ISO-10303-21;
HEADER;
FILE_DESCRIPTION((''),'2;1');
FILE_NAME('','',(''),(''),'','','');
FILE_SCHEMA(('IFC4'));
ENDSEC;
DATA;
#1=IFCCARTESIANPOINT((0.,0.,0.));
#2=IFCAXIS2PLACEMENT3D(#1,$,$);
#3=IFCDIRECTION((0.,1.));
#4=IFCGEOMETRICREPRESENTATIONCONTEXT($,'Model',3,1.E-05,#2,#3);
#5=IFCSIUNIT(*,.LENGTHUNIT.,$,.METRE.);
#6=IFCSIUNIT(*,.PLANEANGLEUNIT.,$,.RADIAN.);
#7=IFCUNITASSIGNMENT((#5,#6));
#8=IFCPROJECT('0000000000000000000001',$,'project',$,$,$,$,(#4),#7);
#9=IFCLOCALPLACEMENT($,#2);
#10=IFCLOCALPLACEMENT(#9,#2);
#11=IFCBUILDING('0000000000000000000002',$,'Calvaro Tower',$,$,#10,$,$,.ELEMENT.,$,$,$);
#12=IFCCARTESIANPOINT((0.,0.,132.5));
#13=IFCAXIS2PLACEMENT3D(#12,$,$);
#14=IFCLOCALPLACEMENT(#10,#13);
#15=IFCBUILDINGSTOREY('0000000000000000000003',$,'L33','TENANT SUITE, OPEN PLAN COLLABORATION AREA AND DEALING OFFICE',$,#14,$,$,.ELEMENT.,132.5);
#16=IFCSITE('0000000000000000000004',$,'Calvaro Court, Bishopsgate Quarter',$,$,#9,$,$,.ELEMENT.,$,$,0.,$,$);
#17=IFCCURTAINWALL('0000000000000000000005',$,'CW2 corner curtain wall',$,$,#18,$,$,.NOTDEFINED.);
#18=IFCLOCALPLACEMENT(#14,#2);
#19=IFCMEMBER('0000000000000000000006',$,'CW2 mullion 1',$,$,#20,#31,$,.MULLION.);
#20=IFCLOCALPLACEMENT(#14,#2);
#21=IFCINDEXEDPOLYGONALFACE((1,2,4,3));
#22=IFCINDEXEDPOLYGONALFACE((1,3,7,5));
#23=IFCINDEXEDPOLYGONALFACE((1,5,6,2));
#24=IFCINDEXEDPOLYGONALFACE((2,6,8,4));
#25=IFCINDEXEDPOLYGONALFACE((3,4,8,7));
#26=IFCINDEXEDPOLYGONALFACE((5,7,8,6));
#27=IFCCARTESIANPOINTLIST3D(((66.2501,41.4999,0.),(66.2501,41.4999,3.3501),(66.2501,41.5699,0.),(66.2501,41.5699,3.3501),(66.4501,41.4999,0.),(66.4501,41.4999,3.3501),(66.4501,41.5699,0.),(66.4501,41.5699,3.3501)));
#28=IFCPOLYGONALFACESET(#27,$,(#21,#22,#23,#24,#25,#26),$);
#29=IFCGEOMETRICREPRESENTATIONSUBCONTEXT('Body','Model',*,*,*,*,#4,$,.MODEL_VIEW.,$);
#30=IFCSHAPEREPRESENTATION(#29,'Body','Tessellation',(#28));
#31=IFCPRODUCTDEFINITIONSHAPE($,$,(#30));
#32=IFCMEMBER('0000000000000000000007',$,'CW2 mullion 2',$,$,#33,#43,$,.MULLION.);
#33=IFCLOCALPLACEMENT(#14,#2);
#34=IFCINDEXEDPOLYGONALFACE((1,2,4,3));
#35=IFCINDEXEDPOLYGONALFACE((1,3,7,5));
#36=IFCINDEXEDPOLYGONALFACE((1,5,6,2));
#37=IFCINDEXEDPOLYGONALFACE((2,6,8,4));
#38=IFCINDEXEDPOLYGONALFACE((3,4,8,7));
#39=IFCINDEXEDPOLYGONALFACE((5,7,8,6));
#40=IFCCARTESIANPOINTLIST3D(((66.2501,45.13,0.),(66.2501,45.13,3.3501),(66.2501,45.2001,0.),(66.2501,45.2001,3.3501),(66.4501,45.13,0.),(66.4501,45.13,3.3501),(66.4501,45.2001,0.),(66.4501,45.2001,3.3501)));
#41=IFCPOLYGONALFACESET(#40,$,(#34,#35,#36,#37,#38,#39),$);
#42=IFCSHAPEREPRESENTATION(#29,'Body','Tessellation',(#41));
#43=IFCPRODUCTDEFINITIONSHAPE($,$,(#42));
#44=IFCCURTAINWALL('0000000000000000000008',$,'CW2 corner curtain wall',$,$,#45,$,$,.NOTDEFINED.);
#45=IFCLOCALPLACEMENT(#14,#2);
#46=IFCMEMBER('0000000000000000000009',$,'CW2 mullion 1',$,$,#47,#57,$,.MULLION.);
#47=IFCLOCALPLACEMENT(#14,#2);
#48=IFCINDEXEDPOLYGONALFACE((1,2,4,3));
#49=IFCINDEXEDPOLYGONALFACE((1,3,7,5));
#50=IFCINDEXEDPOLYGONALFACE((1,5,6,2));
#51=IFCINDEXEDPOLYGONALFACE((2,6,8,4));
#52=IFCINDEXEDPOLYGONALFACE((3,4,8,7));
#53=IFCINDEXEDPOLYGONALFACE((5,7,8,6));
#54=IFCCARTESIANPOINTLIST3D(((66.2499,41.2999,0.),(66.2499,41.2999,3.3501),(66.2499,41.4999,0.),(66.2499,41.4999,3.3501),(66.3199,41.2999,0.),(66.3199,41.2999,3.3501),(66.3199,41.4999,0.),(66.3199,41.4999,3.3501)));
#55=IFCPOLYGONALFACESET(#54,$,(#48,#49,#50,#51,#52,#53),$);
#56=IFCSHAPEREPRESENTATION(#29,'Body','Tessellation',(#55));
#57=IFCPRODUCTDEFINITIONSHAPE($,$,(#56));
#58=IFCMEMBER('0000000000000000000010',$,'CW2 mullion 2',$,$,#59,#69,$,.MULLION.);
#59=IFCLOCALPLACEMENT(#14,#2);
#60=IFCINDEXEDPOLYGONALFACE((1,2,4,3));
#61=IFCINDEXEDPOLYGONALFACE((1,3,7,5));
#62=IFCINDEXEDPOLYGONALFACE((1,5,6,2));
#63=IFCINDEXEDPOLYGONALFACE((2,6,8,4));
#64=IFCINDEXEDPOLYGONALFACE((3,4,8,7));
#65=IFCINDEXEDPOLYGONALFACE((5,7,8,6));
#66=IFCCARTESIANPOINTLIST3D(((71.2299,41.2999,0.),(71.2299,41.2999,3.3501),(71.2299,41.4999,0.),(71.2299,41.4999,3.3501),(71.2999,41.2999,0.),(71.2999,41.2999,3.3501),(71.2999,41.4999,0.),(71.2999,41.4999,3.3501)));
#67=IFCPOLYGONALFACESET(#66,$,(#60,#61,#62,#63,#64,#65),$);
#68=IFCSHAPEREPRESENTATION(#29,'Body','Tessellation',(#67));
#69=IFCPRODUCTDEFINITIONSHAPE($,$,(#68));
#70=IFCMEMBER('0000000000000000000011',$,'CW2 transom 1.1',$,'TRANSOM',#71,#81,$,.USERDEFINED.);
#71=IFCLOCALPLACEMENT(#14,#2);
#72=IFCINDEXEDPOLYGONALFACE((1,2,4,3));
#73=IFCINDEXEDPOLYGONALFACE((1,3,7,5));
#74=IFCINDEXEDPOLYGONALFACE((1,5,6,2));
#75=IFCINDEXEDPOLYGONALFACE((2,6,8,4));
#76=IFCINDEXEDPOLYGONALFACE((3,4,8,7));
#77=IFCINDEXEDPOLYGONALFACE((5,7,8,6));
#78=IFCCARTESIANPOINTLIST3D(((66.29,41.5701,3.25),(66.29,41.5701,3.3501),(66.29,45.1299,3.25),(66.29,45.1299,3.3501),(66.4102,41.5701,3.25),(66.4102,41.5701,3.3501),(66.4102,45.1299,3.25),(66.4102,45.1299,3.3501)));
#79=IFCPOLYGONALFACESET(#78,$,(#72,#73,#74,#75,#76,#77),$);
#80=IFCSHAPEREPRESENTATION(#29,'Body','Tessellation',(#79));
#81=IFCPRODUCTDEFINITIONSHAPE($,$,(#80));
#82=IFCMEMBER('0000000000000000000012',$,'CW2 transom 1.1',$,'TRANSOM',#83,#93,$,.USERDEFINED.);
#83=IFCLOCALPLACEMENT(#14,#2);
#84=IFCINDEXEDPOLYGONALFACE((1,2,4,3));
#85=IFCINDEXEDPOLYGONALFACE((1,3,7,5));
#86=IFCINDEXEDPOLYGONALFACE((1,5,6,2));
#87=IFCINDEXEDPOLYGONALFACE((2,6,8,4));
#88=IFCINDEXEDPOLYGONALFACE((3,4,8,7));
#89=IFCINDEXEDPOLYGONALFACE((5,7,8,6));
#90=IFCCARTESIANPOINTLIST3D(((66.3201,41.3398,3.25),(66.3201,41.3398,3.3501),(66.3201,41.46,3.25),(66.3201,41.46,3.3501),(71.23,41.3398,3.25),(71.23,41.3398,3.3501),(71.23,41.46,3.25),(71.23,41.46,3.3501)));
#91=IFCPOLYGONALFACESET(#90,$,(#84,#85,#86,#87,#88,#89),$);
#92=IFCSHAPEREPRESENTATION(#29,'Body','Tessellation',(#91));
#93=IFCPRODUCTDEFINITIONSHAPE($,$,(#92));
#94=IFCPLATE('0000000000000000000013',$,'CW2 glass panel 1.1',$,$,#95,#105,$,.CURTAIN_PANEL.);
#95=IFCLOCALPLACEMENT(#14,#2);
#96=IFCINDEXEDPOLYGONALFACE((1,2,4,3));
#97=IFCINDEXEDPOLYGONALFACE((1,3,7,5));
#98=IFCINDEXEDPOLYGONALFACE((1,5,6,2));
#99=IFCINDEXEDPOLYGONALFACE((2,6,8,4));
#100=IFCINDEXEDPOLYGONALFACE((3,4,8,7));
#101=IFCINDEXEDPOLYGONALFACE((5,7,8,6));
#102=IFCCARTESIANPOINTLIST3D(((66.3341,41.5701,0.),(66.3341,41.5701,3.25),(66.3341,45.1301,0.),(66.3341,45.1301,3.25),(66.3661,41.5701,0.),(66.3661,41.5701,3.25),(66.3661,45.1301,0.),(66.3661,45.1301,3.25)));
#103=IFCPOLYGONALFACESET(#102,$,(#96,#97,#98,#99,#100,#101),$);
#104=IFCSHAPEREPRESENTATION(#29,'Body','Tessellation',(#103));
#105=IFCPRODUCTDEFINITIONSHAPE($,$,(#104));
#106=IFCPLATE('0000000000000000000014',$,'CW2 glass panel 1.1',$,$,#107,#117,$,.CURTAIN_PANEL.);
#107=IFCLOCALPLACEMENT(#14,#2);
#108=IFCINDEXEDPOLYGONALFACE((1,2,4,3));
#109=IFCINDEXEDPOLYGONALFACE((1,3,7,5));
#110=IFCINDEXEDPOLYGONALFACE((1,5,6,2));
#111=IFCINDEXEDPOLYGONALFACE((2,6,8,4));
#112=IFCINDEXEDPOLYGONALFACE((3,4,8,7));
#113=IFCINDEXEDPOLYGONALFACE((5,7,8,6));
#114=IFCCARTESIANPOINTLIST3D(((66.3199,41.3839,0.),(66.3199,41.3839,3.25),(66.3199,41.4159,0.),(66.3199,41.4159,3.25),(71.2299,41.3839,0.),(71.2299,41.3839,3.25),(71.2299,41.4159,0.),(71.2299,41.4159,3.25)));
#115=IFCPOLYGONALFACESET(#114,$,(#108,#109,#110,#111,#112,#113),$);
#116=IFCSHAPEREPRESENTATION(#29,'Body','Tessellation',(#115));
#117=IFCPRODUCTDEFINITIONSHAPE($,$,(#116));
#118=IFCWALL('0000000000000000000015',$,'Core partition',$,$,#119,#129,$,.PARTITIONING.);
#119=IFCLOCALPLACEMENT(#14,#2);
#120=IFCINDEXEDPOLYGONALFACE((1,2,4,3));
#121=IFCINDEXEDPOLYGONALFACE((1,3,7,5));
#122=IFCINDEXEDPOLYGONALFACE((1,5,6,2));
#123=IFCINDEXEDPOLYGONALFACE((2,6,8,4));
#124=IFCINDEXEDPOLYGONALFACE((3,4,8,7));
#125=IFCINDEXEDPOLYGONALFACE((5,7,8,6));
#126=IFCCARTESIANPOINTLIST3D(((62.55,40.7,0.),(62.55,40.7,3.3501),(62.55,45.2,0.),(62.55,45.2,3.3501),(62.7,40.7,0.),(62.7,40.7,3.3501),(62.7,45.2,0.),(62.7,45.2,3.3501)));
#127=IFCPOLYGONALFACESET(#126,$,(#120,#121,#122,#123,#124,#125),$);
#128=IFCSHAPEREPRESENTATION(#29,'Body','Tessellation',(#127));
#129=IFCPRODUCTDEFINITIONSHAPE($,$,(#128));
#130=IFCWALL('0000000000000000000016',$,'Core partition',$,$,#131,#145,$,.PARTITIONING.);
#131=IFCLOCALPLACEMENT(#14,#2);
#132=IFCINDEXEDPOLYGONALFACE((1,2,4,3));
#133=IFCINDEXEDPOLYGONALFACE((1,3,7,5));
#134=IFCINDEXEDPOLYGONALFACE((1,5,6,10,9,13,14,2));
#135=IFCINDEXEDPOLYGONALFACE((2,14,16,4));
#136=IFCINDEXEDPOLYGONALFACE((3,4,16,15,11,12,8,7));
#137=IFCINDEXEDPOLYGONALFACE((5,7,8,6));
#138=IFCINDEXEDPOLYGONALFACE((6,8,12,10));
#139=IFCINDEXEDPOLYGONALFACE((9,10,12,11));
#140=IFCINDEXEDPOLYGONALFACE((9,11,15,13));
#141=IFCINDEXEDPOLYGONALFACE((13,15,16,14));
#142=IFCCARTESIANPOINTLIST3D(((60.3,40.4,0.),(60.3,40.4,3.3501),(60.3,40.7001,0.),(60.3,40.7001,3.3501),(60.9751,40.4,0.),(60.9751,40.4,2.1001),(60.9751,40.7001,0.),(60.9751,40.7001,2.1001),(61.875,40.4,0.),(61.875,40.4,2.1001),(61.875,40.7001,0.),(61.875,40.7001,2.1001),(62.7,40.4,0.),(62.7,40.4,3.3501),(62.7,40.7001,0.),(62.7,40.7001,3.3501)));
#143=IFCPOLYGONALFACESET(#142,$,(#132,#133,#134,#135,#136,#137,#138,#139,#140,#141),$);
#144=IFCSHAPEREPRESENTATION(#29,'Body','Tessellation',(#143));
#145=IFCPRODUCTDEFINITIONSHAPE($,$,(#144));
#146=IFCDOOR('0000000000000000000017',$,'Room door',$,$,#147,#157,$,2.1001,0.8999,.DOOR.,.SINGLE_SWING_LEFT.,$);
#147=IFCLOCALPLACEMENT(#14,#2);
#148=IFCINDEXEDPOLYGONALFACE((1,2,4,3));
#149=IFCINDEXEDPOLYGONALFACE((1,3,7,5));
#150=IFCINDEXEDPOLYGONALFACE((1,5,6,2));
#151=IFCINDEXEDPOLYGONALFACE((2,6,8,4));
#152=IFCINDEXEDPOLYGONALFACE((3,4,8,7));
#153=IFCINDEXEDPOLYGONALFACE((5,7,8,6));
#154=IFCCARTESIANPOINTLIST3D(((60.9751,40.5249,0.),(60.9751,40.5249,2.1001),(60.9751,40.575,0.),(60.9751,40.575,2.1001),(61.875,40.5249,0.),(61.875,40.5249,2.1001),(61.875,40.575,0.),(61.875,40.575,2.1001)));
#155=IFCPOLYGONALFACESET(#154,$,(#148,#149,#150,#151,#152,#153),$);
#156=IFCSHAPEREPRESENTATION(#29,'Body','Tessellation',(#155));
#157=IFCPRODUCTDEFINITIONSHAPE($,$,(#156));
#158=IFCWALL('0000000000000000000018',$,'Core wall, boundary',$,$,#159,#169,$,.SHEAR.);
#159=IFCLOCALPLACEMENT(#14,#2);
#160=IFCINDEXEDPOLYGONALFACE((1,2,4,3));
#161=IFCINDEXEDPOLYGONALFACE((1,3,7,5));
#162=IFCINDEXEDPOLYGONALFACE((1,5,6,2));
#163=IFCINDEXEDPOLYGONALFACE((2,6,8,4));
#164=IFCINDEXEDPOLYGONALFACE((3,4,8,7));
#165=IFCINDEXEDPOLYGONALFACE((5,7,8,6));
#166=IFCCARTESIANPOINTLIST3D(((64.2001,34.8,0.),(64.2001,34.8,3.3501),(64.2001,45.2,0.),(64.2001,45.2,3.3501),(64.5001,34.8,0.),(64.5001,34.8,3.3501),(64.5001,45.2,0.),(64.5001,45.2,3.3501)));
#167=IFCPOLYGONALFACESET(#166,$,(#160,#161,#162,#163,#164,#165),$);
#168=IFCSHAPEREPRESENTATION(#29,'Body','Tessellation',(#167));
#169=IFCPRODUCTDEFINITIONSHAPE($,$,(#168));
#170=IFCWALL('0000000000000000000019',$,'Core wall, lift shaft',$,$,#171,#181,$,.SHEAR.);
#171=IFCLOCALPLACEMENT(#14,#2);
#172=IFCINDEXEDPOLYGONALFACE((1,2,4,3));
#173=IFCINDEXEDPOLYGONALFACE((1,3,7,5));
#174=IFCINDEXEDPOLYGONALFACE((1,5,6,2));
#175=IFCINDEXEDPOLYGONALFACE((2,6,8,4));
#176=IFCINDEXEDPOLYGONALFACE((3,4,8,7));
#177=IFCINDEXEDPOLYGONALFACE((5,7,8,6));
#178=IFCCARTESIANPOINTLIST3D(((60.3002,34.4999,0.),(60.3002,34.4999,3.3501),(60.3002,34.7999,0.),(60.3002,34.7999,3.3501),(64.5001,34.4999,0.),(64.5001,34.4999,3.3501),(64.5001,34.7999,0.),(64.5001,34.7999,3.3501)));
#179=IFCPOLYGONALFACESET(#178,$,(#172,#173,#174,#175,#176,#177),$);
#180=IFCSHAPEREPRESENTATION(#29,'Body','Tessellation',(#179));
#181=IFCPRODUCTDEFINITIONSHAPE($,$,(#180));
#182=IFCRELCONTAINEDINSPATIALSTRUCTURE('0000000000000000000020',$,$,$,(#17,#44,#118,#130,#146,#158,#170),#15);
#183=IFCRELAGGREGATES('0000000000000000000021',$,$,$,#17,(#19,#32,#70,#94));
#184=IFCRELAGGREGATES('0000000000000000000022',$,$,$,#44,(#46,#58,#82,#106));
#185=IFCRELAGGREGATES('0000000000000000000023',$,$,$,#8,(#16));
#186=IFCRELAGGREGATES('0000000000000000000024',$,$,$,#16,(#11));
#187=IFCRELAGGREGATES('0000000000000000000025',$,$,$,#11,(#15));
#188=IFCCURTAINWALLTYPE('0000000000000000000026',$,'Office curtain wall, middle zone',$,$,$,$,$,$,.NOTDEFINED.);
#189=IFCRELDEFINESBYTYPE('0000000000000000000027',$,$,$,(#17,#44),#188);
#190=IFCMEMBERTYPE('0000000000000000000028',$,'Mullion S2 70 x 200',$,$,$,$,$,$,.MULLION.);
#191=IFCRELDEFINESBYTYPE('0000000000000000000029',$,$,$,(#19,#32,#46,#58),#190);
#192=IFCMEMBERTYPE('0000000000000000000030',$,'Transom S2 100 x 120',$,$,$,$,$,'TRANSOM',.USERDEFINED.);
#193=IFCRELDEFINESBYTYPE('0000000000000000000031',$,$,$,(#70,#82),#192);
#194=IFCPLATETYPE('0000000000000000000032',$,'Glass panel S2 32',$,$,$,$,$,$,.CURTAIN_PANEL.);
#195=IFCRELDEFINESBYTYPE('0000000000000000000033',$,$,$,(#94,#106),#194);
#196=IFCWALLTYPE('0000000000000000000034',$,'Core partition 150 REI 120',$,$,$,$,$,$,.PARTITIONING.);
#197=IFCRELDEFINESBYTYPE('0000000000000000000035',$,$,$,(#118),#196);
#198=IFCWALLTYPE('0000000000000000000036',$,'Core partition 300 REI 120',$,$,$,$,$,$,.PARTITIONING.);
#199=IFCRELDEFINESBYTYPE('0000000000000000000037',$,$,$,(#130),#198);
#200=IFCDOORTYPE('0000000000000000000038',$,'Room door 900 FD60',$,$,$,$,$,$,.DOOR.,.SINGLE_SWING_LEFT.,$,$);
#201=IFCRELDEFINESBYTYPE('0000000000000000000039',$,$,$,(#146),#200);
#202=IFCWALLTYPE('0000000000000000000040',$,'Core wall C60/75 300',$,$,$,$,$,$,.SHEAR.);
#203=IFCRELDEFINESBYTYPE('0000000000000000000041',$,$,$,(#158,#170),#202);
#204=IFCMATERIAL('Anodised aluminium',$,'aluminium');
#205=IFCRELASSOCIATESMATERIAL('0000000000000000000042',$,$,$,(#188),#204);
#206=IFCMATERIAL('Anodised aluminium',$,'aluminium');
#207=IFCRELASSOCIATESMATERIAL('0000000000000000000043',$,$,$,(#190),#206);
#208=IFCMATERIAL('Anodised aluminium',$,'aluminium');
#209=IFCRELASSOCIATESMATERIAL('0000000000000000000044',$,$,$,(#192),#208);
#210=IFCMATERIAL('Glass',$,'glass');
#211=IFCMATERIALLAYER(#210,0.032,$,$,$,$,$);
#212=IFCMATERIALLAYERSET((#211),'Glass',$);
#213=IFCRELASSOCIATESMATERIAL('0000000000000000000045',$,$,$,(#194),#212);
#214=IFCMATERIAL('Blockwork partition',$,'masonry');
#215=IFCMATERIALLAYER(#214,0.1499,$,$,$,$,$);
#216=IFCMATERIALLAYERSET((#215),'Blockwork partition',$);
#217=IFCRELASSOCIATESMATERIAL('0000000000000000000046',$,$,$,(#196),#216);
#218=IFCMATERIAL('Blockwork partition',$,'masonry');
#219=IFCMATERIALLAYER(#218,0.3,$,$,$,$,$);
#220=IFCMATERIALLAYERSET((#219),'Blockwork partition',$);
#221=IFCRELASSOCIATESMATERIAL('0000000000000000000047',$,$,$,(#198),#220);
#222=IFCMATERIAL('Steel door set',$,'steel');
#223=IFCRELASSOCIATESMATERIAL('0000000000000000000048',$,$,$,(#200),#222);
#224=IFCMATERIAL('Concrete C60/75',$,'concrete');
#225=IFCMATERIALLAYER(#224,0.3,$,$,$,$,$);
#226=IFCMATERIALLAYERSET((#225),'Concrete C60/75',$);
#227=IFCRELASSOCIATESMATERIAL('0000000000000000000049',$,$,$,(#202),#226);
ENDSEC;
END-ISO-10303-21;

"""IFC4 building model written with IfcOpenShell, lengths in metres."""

from ifc_helpers import new_model, si_unit, direction, frame, frame_2d, origin, origin_2d, place, context, subcontext, project, spatial, rectangle, extrude, material, layer, layer_set, material_profile, profile_set, type_object, element, fill, aggregate, save


model = new_model("IFC4")

# Units and contexts
model_context = context("Model", 3, precision=1e-05, world=origin(), true_north=direction((0.0, 1.0)))
body_context = subcontext(model_context, "Body", "Model", "MODEL_VIEW")
ifc_project = project(units=[si_unit("LENGTHUNIT", "METRE"), si_unit("PLANEANGLEUNIT", "RADIAN")], contexts=[model_context])

# Site, building, storey
site_placement = place(None, origin())
site = spatial("IfcSite", under=ifc_project, at=site_placement, Name="Calvaro Court, Bishopsgate Quarter", CompositionType="ELEMENT", RefElevation=0.0)
building_placement = place(site_placement, origin())
building = spatial("IfcBuilding", under=site, at=building_placement, Name="Calvaro Tower", CompositionType="ELEMENT")
storey_placement = place(building_placement, frame((0.0, 0.0, 132.5)))
storey = spatial("IfcBuildingStorey", under=building, at=storey_placement, Name="L33", Description="TENANT SUITE, OPEN PLAN COLLABORATION AREA AND DEALING OFFICE", CompositionType="ELEMENT", Elevation=132.5)

# Curtain walls, members
ifc_material_1 = material(Name="Anodised aluminium", Category="aluminium")
curtain_wall_type = type_object("IfcCurtainWallType", Name="Office curtain wall, middle zone", PredefinedType="NOTDEFINED", material=ifc_material_1)
curtain_wall_1_placement = place(storey_placement, origin())
curtain_wall_1 = element("IfcCurtainWall", 1, at=curtain_wall_1_placement, inside=storey, type_object=curtain_wall_type, Name="CW2 corner curtain wall", PredefinedType="NOTDEFINED")
ifc_material_2 = material(Name="Anodised aluminium", Category="aluminium")
ifc_material_profile_1 = material_profile(ifc_material_2, rectangle(XDim=0.2, YDim=0.0701, at=origin_2d()), Name="Mullion S2 70 x 200")
ifc_profile_set_1 = profile_set([ifc_material_profile_1], Name="Anodised aluminium")
member_type_1 = type_object("IfcMemberType", Name="Mullion S2 70 x 200", PredefinedType="MULLION", material=ifc_profile_set_1)
member_1_placement = place(storey_placement, frame((66.3501, 41.5349, 0.0), z_axis=(0.0, 0.0, 1.0), x_axis=(-1.0, 0.0, 0.0)))
member_1 = element("IfcMember", 2, at=member_1_placement, type_object=member_type_1, Name="CW2 mullion 1", PredefinedType="MULLION", context=body_context, shape_type="SweptSolid", body=[
    extrude(rectangle(XDim=0.2, YDim=0.0701, at=origin_2d()), origin(), (0.0, 0.0, 1.0), 3.3501),
])
member_2_placement = place(storey_placement, frame((66.3501, 45.165, 0.0), z_axis=(0.0, 0.0, 1.0), x_axis=(-1.0, 0.0, 0.0)))
member_2 = element("IfcMember", 3, at=member_2_placement, type_object=member_type_1, Name="CW2 mullion 2", PredefinedType="MULLION", context=body_context, shape_type="SweptSolid", body=[
    extrude(rectangle(XDim=0.2, YDim=0.0701, at=origin_2d()), origin(), (0.0, 0.0, 1.0), 3.3501),
])
curtain_wall_2_placement = place(storey_placement, origin())
curtain_wall_2 = element("IfcCurtainWall", 4, at=curtain_wall_2_placement, inside=storey, type_object=curtain_wall_type, Name="CW2 corner curtain wall", PredefinedType="NOTDEFINED")
member_3_placement = place(storey_placement, frame((66.2849, 41.3999, 0.0), z_axis=(0.0, 0.0, 1.0), x_axis=(0.0, 1.0, 0.0)))
member_3 = element("IfcMember", 5, at=member_3_placement, type_object=member_type_1, Name="CW2 mullion 1", PredefinedType="MULLION", context=body_context, shape_type="SweptSolid", body=[
    extrude(rectangle(XDim=0.2, YDim=0.0701, at=origin_2d()), origin(), (0.0, 0.0, 1.0), 3.3501),
])
member_4_placement = place(storey_placement, frame((71.2649, 41.3999, 0.0), z_axis=(0.0, 0.0, 1.0), x_axis=(0.0, 1.0, 0.0)))
member_4 = element("IfcMember", 6, at=member_4_placement, type_object=member_type_1, Name="CW2 mullion 2", PredefinedType="MULLION", context=body_context, shape_type="SweptSolid", body=[
    extrude(rectangle(XDim=0.2, YDim=0.0701, at=origin_2d()), origin(), (0.0, 0.0, 1.0), 3.3501),
])

# Members
ifc_material_3 = material(Name="Anodised aluminium", Category="aluminium")
ifc_material_profile_2 = material_profile(ifc_material_3, rectangle(XDim=0.1201, YDim=0.1001, at=origin_2d()), Name="Transom S2 100 x 120")
ifc_profile_set_2 = profile_set([ifc_material_profile_2], Name="Anodised aluminium")
member_type_2 = type_object("IfcMemberType", Name="Transom S2 100 x 120", ElementType="TRANSOM", PredefinedType="USERDEFINED", material=ifc_profile_set_2)
member_5_placement = place(storey_placement, frame((66.3501, 41.5701, 3.3), z_axis=(0.0, 1.0, 0.0), x_axis=(-1.0, 0.0, 0.0)))
member_5 = element("IfcMember", 7, at=member_5_placement, type_object=member_type_2, Name="CW2 transom 1.1", ObjectType="TRANSOM", PredefinedType="USERDEFINED", context=body_context, shape_type="SweptSolid", body=[
    extrude(rectangle(XDim=0.1201, YDim=0.1001, at=origin_2d()), origin(), (0.0, 0.0, 1.0), 3.5598),
])
member_6_placement = place(storey_placement, frame((66.3201, 41.3999, 3.3), z_axis=(1.0, 0.0, 0.0), x_axis=(0.0, 1.0, 0.0)))
member_6 = element("IfcMember", 8, at=member_6_placement, type_object=member_type_2, Name="CW2 transom 1.1", ObjectType="TRANSOM", PredefinedType="USERDEFINED", context=body_context, shape_type="SweptSolid", body=[
    extrude(rectangle(XDim=0.1201, YDim=0.1001, at=origin_2d()), origin(), (0.0, 0.0, 1.0), 4.9099),
])

# Plates
ifc_material_4 = material(Name="Glass", Category="glass")
ifc_layer_1 = layer(ifc_material_4, 0.032)
ifc_layer_set_1 = layer_set([ifc_layer_1], Name="Glass")
plate_type = type_object("IfcPlateType", Name="Glass panel S2 32", PredefinedType="CURTAIN_PANEL", material=ifc_layer_set_1)
plate_1_placement = place(storey_placement, frame((66.3501, 43.3501, 0.0), z_axis=(0.0, 0.0, 1.0), x_axis=(0.0, 1.0, 0.0)))
plate_1 = element("IfcPlate", 9, at=plate_1_placement, type_object=plate_type, Name="CW2 glass panel 1.1", PredefinedType="CURTAIN_PANEL", context=body_context, shape_type="SweptSolid", body=[
    extrude(rectangle(XDim=3.5601, YDim=0.032, at=origin_2d()), origin(), (0.0, 0.0, 1.0), 3.25),
])
aggregate(curtain_wall_1, [member_1, member_2, member_5, plate_1])
plate_2_placement = place(storey_placement, frame((68.7749, 41.3999, 0.0), z_axis=(0.0, 0.0, 1.0), x_axis=(1.0, 0.0, 0.0)))
plate_2 = element("IfcPlate", 10, at=plate_2_placement, type_object=plate_type, Name="CW2 glass panel 1.1", PredefinedType="CURTAIN_PANEL", context=body_context, shape_type="SweptSolid", body=[
    extrude(rectangle(XDim=4.9099, YDim=0.032, at=origin_2d()), origin(), (0.0, 0.0, 1.0), 3.25),
])
aggregate(curtain_wall_2, [member_3, member_4, member_6, plate_2])

# Wall
ifc_material_5 = material(Name="Blockwork partition", Category="masonry")
ifc_layer_2 = layer(ifc_material_5, 0.1499)
ifc_layer_set_2 = layer_set([ifc_layer_2], Name="Blockwork partition")
wall_type_1 = type_object("IfcWallType", Name="Core partition 150 REI 120", PredefinedType="PARTITIONING", material=ifc_layer_set_2)
wall_1_placement = place(storey_placement, frame((62.625, 40.7, 0.0), z_axis=(0.0, 0.0, 1.0), x_axis=(0.0, 1.0, 0.0)))
element("IfcWall", 11, at=wall_1_placement, inside=storey, type_object=wall_type_1, Name="Core partition", PredefinedType="PARTITIONING", context=body_context, shape_type="SweptSolid", body=[
    extrude(rectangle(XDim=4.5, YDim=0.1499, at=frame_2d((2.25, 0.0))), origin(), (0.0, 0.0, 1.0), 3.3501),
])

# Wall, opening, door
ifc_material_6 = material(Name="Blockwork partition", Category="masonry")
ifc_layer_3 = layer(ifc_material_6, 0.3)
ifc_layer_set_3 = layer_set([ifc_layer_3], Name="Blockwork partition")
wall_type_2 = type_object("IfcWallType", Name="Core partition 300 REI 120", PredefinedType="PARTITIONING", material=ifc_layer_set_3)
wall_2_placement = place(storey_placement, frame((60.3, 40.55, 0.0), z_axis=(0.0, 0.0, 1.0), x_axis=(1.0, 0.0, 0.0)))
wall_2 = element("IfcWall", 12, at=wall_2_placement, inside=storey, type_object=wall_type_2, Name="Core partition", PredefinedType="PARTITIONING", context=body_context, shape_type="SweptSolid", body=[
    extrude(rectangle(XDim=2.3999, YDim=0.3, at=frame_2d((1.2, 0.0))), origin(), (0.0, 0.0, 1.0), 3.3501),
])
opening_1_placement = place(wall_2_placement, frame((0.675, 0.0, 0.0)))
opening_1 = element("IfcOpeningElement", 13, at=opening_1_placement, cuts=wall_2, PredefinedType="OPENING", context=body_context, shape_type="SweptSolid", body=[
    extrude(rectangle(XDim=0.8999, YDim=2.1001, at=frame_2d((0.45, 1.05))), frame((0.0, 0.1599, 0.0), z_axis=(0.0, -1.0, 0.0), x_axis=(1.0, 0.0, 0.0)), (0.0, 0.0, 1.0), 0.3201),
])
ifc_material_7 = material(Name="Steel door set", Category="steel")
door_type_1 = type_object("IfcDoorType", Name="Room door 900 FD60", OperationType="SINGLE_SWING_LEFT", PredefinedType="DOOR", material=ifc_material_7)
door_1_placement = place(opening_1_placement, origin())
door_1 = element("IfcDoor", 14, at=door_1_placement, inside=storey, type_object=door_type_1, Name="Room door", OperationType="SINGLE_SWING_LEFT", OverallHeight=2.1001, OverallWidth=0.8999, PredefinedType="DOOR", context=body_context, shape_type="SweptSolid", body=[
    extrude(rectangle(XDim=0.8999, YDim=2.1001, at=frame_2d((0.45, 1.05))), frame((0.0, 0.0249, 0.0), z_axis=(0.0, -1.0, 0.0), x_axis=(1.0, 0.0, 0.0)), (0.0, 0.0, 1.0), 0.05),
])
fill(opening_1, door_1)

# Walls
ifc_material_8 = material(Name="Concrete C60/75", Category="concrete")
ifc_layer_4 = layer(ifc_material_8, 0.3)
ifc_layer_set_4 = layer_set([ifc_layer_4], Name="Concrete C60/75")
wall_type_3 = type_object("IfcWallType", Name="Core wall C60/75 300", PredefinedType="SHEAR", material=ifc_layer_set_4)
wall_3_placement = place(storey_placement, frame((64.3501, 34.8, 0.0), z_axis=(0.0, 0.0, 1.0), x_axis=(0.0, 1.0, 0.0)))
element("IfcWall", 15, at=wall_3_placement, inside=storey, type_object=wall_type_3, Name="Core wall, boundary", PredefinedType="SHEAR", context=body_context, shape_type="SweptSolid", body=[
    extrude(rectangle(XDim=10.3999, YDim=0.3, at=frame_2d((5.2, 0.0))), origin(), (0.0, 0.0, 1.0), 3.3501),
])
wall_4_placement = place(storey_placement, frame((60.3, 34.6499, 0.0), z_axis=(0.0, 0.0, 1.0), x_axis=(1.0, 0.0, 0.0)))
element("IfcWall", 16, at=wall_4_placement, inside=storey, type_object=wall_type_3, Name="Core wall, lift shaft", PredefinedType="SHEAR", context=body_context, shape_type="SweptSolid", body=[
    extrude(rectangle(XDim=4.2, YDim=0.3, at=frame_2d((2.1001, 0.0))), origin(), (0.0, 0.0, 1.0), 3.3501),
])

save(model, "model.ifc")
